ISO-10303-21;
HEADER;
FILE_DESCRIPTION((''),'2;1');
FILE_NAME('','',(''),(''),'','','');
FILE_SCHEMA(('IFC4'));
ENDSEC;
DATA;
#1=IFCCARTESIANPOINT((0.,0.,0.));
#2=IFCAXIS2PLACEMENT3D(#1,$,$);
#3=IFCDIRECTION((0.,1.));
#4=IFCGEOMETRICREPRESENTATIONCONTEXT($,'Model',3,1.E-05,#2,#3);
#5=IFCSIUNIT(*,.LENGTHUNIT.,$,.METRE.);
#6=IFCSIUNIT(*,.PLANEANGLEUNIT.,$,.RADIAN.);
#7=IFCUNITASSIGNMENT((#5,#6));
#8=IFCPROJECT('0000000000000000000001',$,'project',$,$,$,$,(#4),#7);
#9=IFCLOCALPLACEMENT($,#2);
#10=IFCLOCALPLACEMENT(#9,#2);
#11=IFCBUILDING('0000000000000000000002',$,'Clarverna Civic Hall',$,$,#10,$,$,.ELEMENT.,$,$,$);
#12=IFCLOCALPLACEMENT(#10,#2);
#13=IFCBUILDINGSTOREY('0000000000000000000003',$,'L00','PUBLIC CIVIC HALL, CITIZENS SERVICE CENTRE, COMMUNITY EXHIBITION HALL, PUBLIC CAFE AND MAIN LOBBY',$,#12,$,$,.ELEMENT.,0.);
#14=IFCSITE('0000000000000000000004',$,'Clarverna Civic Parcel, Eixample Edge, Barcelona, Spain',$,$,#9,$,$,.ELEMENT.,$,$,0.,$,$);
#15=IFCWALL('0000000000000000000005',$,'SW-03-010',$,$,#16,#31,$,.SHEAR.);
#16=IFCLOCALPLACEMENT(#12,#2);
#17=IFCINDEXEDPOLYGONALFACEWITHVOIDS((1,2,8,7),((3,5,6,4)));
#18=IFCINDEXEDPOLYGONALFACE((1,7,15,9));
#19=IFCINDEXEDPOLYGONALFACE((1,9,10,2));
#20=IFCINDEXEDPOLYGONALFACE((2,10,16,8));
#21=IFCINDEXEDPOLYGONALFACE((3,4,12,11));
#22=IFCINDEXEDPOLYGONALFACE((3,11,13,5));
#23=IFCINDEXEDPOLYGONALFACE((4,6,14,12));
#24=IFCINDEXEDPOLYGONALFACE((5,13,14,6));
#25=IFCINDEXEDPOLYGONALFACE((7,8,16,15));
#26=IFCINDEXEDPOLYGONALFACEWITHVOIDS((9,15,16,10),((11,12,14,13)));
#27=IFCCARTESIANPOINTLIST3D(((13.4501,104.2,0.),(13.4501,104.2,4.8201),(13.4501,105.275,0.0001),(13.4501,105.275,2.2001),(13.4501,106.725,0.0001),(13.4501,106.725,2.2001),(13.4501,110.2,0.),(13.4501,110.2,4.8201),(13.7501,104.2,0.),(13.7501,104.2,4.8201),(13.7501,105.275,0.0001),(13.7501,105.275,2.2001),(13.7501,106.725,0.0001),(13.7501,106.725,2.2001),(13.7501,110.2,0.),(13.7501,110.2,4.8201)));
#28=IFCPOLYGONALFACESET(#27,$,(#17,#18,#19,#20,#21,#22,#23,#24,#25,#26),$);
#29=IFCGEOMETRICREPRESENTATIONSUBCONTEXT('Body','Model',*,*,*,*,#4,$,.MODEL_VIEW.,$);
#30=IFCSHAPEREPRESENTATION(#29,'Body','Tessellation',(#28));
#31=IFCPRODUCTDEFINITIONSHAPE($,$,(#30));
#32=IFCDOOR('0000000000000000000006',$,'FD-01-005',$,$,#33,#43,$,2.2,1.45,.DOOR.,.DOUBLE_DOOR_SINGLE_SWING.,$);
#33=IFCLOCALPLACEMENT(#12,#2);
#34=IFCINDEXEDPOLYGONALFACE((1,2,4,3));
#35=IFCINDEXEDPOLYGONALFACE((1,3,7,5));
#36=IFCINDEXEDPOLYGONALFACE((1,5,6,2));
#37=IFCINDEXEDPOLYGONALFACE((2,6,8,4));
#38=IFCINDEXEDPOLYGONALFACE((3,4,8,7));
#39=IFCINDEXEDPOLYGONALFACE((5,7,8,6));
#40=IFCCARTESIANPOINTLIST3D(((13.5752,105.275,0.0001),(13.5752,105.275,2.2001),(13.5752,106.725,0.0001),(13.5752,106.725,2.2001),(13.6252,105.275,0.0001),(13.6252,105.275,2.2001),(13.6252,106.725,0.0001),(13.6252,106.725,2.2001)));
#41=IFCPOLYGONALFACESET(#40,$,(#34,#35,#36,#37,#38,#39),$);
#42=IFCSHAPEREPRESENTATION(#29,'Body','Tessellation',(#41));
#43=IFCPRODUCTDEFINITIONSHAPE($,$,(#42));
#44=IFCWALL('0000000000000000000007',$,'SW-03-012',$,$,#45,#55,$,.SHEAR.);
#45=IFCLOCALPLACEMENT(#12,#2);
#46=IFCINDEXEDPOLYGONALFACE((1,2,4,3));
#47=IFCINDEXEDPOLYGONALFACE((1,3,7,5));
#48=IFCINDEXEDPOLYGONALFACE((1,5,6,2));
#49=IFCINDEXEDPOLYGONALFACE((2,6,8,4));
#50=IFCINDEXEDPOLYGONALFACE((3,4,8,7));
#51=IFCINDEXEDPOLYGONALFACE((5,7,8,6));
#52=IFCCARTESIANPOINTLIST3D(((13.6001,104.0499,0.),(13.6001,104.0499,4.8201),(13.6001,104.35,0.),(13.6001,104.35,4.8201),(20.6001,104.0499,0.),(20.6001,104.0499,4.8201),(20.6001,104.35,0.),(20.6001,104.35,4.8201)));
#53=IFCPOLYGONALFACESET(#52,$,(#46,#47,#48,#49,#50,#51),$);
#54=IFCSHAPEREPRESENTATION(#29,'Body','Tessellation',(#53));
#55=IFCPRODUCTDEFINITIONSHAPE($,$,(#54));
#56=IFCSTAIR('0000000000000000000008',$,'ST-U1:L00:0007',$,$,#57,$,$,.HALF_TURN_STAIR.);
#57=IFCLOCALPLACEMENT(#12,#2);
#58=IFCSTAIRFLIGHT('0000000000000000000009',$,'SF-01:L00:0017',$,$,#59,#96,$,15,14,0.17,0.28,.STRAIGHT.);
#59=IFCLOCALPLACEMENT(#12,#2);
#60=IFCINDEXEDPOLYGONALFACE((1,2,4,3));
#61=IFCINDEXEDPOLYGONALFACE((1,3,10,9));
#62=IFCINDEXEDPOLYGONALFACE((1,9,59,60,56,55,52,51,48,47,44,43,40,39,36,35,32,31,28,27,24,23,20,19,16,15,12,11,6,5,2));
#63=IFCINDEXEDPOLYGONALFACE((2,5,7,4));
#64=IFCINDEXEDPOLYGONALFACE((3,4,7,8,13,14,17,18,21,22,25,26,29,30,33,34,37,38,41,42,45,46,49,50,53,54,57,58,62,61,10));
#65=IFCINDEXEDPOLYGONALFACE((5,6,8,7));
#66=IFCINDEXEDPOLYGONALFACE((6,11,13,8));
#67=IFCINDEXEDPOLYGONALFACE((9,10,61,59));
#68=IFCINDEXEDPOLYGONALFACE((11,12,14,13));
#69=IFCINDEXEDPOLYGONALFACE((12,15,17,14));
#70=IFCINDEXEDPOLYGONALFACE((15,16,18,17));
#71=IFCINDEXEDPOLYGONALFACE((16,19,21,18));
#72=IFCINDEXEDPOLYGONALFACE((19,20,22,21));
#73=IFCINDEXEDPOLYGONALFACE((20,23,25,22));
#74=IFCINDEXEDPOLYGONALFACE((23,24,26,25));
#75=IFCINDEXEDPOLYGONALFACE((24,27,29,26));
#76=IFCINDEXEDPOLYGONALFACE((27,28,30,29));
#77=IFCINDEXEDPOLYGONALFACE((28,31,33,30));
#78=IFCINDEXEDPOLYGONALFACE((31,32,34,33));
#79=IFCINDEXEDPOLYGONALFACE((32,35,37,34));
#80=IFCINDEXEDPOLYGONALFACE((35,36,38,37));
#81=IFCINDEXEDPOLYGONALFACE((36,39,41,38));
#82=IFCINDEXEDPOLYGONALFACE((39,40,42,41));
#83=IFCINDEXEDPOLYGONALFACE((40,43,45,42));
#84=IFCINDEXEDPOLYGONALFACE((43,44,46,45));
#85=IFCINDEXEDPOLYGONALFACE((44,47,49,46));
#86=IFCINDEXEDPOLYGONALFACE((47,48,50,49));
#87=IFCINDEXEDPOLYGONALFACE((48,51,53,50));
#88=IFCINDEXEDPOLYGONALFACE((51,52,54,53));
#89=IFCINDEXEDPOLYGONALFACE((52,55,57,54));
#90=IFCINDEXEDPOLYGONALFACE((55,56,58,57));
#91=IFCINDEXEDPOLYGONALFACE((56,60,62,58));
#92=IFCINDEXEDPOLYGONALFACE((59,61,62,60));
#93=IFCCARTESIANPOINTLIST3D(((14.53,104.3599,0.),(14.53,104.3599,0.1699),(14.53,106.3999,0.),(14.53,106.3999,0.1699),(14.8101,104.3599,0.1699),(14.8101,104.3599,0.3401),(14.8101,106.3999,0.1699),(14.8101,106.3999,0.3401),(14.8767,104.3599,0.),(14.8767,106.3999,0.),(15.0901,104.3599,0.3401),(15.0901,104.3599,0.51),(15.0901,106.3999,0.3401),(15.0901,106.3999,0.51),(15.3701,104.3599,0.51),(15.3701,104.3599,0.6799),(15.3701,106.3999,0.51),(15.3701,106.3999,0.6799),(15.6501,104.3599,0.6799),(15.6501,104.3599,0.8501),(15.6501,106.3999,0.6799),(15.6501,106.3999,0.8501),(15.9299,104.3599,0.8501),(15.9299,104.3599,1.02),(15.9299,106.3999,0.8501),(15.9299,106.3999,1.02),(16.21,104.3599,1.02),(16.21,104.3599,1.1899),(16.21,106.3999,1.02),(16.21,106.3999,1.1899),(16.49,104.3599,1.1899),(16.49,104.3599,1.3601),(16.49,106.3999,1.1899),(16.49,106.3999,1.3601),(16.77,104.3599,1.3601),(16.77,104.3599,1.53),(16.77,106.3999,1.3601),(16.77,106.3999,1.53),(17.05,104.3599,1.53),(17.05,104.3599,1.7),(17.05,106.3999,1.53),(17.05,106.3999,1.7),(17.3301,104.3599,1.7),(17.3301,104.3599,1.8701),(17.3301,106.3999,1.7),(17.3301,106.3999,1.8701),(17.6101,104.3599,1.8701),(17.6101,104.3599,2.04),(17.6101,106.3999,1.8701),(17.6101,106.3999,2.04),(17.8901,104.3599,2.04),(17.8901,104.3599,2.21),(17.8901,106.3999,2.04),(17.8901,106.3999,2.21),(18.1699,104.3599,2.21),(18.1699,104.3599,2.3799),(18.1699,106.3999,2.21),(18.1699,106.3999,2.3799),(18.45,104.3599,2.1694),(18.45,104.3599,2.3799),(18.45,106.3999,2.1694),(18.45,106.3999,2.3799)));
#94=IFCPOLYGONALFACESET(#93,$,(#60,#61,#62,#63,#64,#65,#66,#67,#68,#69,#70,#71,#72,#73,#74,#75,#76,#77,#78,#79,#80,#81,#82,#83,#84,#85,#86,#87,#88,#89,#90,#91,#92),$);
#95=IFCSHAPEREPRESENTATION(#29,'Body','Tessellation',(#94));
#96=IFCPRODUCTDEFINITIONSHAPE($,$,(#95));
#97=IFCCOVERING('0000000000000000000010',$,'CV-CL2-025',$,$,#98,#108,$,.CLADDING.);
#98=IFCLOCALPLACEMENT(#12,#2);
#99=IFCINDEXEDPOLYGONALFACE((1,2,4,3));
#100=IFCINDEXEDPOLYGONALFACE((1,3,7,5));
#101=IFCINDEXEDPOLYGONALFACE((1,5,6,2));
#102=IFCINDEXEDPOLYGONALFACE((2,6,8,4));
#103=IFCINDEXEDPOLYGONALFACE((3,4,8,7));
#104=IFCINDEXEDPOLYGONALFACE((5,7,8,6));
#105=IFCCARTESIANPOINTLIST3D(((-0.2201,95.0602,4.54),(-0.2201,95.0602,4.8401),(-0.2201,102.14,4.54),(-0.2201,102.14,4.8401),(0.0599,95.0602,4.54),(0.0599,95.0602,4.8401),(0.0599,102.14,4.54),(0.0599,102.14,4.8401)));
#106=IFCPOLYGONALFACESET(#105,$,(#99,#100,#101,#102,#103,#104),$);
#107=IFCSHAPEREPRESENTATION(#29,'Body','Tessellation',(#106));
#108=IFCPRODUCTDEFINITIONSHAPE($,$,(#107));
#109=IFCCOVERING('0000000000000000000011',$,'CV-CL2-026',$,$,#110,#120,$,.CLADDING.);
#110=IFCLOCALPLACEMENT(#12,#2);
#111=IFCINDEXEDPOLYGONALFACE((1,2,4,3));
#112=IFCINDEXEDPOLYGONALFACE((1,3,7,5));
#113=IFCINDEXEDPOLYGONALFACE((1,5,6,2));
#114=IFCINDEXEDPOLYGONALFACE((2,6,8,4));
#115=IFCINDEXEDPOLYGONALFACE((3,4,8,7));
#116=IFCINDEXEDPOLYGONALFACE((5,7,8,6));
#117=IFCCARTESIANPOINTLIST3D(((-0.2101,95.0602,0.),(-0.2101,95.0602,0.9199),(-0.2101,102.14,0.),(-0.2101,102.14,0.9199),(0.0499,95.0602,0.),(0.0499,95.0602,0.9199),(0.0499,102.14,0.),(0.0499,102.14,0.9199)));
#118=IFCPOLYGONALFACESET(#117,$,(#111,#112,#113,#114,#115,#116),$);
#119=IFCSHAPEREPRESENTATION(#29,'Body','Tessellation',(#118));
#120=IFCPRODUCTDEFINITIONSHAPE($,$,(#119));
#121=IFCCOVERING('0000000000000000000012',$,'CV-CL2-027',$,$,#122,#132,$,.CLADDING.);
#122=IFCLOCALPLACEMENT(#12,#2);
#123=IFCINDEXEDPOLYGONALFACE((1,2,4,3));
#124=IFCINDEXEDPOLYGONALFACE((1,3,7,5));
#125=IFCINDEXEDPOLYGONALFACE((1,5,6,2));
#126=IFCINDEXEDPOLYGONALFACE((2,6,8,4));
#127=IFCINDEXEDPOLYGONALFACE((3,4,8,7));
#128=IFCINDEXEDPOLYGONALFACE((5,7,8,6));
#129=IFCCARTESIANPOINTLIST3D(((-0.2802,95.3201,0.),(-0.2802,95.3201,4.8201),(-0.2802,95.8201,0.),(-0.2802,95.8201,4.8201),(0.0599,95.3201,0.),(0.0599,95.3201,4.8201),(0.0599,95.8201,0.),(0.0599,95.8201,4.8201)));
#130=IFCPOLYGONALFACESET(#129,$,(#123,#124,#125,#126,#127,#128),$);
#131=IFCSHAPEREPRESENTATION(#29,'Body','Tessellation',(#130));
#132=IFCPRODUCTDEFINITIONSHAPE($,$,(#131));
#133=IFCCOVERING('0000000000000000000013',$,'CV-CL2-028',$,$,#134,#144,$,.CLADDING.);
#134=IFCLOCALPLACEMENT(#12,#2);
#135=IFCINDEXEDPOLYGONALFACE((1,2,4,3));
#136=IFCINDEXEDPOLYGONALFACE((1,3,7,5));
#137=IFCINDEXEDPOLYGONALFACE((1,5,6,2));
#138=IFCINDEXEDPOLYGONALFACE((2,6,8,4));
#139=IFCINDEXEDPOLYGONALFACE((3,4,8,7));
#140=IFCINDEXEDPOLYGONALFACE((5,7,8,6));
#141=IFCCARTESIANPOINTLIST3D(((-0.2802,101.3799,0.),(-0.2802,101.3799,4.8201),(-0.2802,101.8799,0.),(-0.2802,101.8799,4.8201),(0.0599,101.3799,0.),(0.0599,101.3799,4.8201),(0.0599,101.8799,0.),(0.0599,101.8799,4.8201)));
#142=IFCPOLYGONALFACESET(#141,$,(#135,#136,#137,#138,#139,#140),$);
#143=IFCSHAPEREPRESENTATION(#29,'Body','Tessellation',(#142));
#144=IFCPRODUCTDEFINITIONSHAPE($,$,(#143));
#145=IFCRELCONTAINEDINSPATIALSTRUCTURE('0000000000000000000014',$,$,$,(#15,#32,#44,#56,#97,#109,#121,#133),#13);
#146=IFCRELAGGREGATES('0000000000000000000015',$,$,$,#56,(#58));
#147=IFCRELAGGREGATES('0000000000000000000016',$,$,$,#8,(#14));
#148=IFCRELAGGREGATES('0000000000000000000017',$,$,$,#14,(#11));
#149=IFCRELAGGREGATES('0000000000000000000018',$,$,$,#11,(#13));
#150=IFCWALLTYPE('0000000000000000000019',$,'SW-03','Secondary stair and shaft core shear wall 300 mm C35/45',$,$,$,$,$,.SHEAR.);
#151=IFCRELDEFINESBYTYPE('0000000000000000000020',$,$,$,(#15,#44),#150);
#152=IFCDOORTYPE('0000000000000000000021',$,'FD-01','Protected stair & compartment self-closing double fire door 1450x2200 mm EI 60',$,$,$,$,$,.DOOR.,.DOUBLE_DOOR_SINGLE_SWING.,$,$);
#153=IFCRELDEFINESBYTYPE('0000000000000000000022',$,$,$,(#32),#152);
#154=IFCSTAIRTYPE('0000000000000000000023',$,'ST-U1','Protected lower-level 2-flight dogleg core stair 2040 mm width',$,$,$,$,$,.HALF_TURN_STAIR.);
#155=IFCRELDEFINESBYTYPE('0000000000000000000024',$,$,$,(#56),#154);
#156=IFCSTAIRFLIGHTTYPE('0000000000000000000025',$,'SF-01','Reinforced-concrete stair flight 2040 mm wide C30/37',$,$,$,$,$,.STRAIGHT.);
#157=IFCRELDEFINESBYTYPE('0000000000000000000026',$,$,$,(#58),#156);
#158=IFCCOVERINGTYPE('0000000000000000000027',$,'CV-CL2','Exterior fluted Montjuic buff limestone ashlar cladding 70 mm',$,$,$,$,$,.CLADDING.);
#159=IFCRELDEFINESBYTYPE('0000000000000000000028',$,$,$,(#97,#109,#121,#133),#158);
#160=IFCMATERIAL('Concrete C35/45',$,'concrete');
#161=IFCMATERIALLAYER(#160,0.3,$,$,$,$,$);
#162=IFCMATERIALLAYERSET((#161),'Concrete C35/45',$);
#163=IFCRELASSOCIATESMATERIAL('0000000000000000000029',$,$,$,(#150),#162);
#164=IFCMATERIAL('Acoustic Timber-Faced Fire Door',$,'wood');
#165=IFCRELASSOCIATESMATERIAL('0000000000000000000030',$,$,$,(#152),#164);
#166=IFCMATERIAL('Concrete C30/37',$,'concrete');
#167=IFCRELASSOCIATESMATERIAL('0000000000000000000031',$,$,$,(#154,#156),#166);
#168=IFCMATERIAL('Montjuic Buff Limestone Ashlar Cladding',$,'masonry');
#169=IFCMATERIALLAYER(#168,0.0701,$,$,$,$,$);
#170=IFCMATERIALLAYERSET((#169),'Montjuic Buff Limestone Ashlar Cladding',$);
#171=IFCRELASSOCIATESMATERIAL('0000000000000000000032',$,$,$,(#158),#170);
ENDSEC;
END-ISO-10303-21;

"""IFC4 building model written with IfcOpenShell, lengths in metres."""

from ifc_helpers import new_model, si_unit, direction, frame, frame_2d, origin, place, context, subcontext, project, spatial, polyline, rectangle, outline, extrude, material, layer, layer_set, type_object, element, fill, aggregate, save


model = new_model("IFC4")

# Units and contexts
model_context = context("Model", 3, precision=1e-05, world=origin(), true_north=direction((0.0, 1.0)))
body_context = subcontext(model_context, "Body", "Model", "MODEL_VIEW")
ifc_project = project(units=[si_unit("LENGTHUNIT", "METRE"), si_unit("PLANEANGLEUNIT", "RADIAN")], contexts=[model_context])

# Site, building, storey
site_placement = place(None, origin())
site = spatial("IfcSite", under=ifc_project, at=site_placement, Name="Clarverna Civic Parcel, Eixample Edge, Barcelona, Spain", CompositionType="ELEMENT", RefElevation=0.0)
building_placement = place(site_placement, origin())
building = spatial("IfcBuilding", under=site, at=building_placement, Name="Clarverna Civic Hall", CompositionType="ELEMENT")
storey_placement = place(building_placement, origin())
storey = spatial("IfcBuildingStorey", under=building, at=storey_placement, Name="L00", Description="PUBLIC CIVIC HALL, CITIZENS SERVICE CENTRE, COMMUNITY EXHIBITION HALL, PUBLIC CAFE AND MAIN LOBBY", CompositionType="ELEMENT", Elevation=0.0)

# Shared definitions
ifc_material_1 = material(Name="Concrete C35/45", Category="concrete")

# Shared definitions
ifc_material_2 = material(Name="Acoustic Timber-Faced Fire Door", Category="wood")

# Wall, opening, door
ifc_layer_1 = layer(ifc_material_1, 0.3)
ifc_layer_set_1 = layer_set([ifc_layer_1], Name="Concrete C35/45")
wall_type_1 = type_object("IfcWallType", Name="SW-03", Description="Secondary stair and shaft core shear wall 300 mm C35/45", PredefinedType="SHEAR", material=ifc_layer_set_1)
wall_1_placement = place(storey_placement, frame((13.6001, 104.2, 0.0), z_axis=(0.0, 0.0, 1.0), x_axis=(0.0, 1.0, 0.0)))
wall_1 = element("IfcWall", 1, at=wall_1_placement, inside=storey, type_object=wall_type_1, Name="SW-03-010", PredefinedType="SHEAR", context=body_context, shape_type="SweptSolid", body=[
    extrude(rectangle(XDim=6.0, YDim=0.3, at=frame_2d((3.0, 0.0))), origin(), (0.0, 0.0, 1.0), 4.8201),
])
opening_1_placement = place(wall_1_placement, frame((1.075, 0.0, 0.0)))
opening_1 = element("IfcOpeningElement", 2, at=opening_1_placement, cuts=wall_1, PredefinedType="OPENING", context=body_context, shape_type="SweptSolid", body=[
    extrude(rectangle(XDim=1.45, YDim=2.2, at=frame_2d((0.7251, 1.1001))), frame((0.0, 0.1599, 0.0), z_axis=(0.0, -1.0, 0.0), x_axis=(1.0, 0.0, 0.0)), (0.0, 0.0, 1.0), 0.3201),
])
door_type_1 = type_object("IfcDoorType", Name="FD-01", Description="Protected stair & compartment self-closing double fire door 1450x2200 mm EI 60", OperationType="DOUBLE_DOOR_SINGLE_SWING", PredefinedType="DOOR", material=ifc_material_2)
door_1_placement = place(opening_1_placement, origin())
door_1 = element("IfcDoor", 3, at=door_1_placement, inside=storey, type_object=door_type_1, Name="FD-01-005", OperationType="DOUBLE_DOOR_SINGLE_SWING", OverallHeight=2.2, OverallWidth=1.45, PredefinedType="DOOR", context=body_context, shape_type="SweptSolid", body=[
    extrude(rectangle(XDim=1.45, YDim=2.2, at=frame_2d((0.7251, 1.1001))), frame((0.0, 0.0249, 0.0), z_axis=(0.0, -1.0, 0.0), x_axis=(1.0, 0.0, 0.0)), (0.0, 0.0, 1.0), 0.05),
])
fill(opening_1, door_1)

# Wall
wall_2_placement = place(storey_placement, frame((13.6001, 104.2, 0.0), z_axis=(0.0, 0.0, 1.0), x_axis=(1.0, 0.0, 0.0)))
element("IfcWall", 4, at=wall_2_placement, inside=storey, type_object=wall_type_1, Name="SW-03-012", PredefinedType="SHEAR", context=body_context, shape_type="SweptSolid", body=[
    extrude(rectangle(XDim=7.0, YDim=0.3, at=frame_2d((3.5, 0.0))), origin(), (0.0, 0.0, 1.0), 4.8201),
])

# Stair, stair flight
ifc_material_3 = material(Name="Concrete C30/37", Category="concrete")
stair_type = type_object("IfcStairType", Name="ST-U1", Description="Protected lower-level 2-flight dogleg core stair 2040 mm width", PredefinedType="HALF_TURN_STAIR", material=ifc_material_3)
stair_placement = place(storey_placement, origin())
stair = element("IfcStair", 5, at=stair_placement, inside=storey, type_object=stair_type, Name="ST-U1:L00:0007", PredefinedType="HALF_TURN_STAIR")
stair_flight_type = type_object("IfcStairFlightType", Name="SF-01", Description="Reinforced-concrete stair flight 2040 mm wide C30/37", PredefinedType="STRAIGHT", material=ifc_material_3)
stair_flight_placement = place(storey_placement, frame((14.53, 105.3799, 0.0), z_axis=(0.0, 0.0, 1.0), x_axis=(1.0, 0.0, 0.0)))
stair_flight = element("IfcStairFlight", 6, at=stair_flight_placement, type_object=stair_flight_type, Name="SF-01:L00:0017", NumberOfRisers=15, NumberOfTreads=14, PredefinedType="STRAIGHT", RiserHeight=0.17, TreadLength=0.28, context=body_context, shape_type="SweptSolid", body=[
    extrude(outline(polyline([(0.0, 0.0), (0.0, 0.1699), (0.28, 0.1699), (0.28, 0.3401), (0.5601, 0.3401), (0.5601, 0.51), (0.8401, 0.51), (0.8401, 0.6799), (1.1201, 0.6799), (1.1201, 0.8501), (1.3999, 0.8501), (1.3999, 1.02), (1.6799, 1.02), (1.6799, 1.1899), (1.96, 1.1899), (1.96, 1.3601), (2.24, 1.3601), (2.24, 1.53), (2.52, 1.53), (2.52, 1.7), (2.8, 1.7), (2.8, 1.8701), (3.0801, 1.8701), (3.0801, 2.04), (3.3601, 2.04), (3.3601, 2.21), (3.6399, 2.21), (3.6399, 2.3799), (3.9199, 2.3799), (3.9199, 2.55), (3.9199, 2.1694), (0.3467, 0.0), (0.0, 0.0)])), frame((0.0, 1.02, 0.0), z_axis=(0.0, -1.0, 0.0), x_axis=(1.0, 0.0, 0.0)), (0.0, 0.0, 1.0), 2.04),
])
aggregate(stair, [stair_flight])

# Coverings
ifc_material_4 = material(Name="Montjuic Buff Limestone Ashlar Cladding", Category="masonry")
ifc_layer_2 = layer(ifc_material_4, 0.0701)
ifc_layer_set_2 = layer_set([ifc_layer_2], Name="Montjuic Buff Limestone Ashlar Cladding")
covering_type = type_object("IfcCoveringType", Name="CV-CL2", Description="Exterior fluted Montjuic buff limestone ashlar cladding 70 mm", PredefinedType="CLADDING", material=ifc_layer_set_2)
covering_1_placement = place(storey_placement, frame((-0.0801, 95.0601, 4.54), z_axis=(0.0, 0.0, 1.0), x_axis=(0.0, 1.0, 0.0)))
element("IfcCovering", 7, at=covering_1_placement, inside=storey, type_object=covering_type, Name="CV-CL2-025", PredefinedType="CLADDING", context=body_context, shape_type="SweptSolid", body=[
    extrude(rectangle(XDim=7.0798, YDim=0.28, at=frame_2d((3.54, 0.0))), origin(), (0.0, 0.0, 1.0), 0.3),
])
covering_2_placement = place(storey_placement, frame((-0.0801, 95.0601, 0.0), z_axis=(0.0, 0.0, 1.0), x_axis=(0.0, 1.0, 0.0)))
element("IfcCovering", 8, at=covering_2_placement, inside=storey, type_object=covering_type, Name="CV-CL2-026", PredefinedType="CLADDING", context=body_context, shape_type="SweptSolid", body=[
    extrude(rectangle(XDim=7.0798, YDim=0.26, at=frame_2d((3.54, 0.0))), origin(), (0.0, 0.0, 1.0), 0.9199),
])
for number, where, z_axis, x_axis, name in (
    (9, (-0.1101, 95.3201, 0.0), (0.0, 0.0, 1.0), (0.0, 1.0, 0.0), "CV-CL2-027"),
    (10, (-0.1101, 101.3799, 0.0), (0.0, 0.0, 1.0), (0.0, 1.0, 0.0), "CV-CL2-028"),
):
    element("IfcCovering", number, at=place(storey_placement, frame(where, z_axis=z_axis, x_axis=x_axis)), inside=storey, type_object=covering_type, Name=name, PredefinedType="CLADDING", context=body_context, shape_type="SweptSolid", body=[
        extrude(rectangle(XDim=0.5, YDim=0.3401, at=frame_2d((0.25, 0.0))), origin(), (0.0, 0.0, 1.0), 4.8201),
    ])

save(model, "model.ifc")
